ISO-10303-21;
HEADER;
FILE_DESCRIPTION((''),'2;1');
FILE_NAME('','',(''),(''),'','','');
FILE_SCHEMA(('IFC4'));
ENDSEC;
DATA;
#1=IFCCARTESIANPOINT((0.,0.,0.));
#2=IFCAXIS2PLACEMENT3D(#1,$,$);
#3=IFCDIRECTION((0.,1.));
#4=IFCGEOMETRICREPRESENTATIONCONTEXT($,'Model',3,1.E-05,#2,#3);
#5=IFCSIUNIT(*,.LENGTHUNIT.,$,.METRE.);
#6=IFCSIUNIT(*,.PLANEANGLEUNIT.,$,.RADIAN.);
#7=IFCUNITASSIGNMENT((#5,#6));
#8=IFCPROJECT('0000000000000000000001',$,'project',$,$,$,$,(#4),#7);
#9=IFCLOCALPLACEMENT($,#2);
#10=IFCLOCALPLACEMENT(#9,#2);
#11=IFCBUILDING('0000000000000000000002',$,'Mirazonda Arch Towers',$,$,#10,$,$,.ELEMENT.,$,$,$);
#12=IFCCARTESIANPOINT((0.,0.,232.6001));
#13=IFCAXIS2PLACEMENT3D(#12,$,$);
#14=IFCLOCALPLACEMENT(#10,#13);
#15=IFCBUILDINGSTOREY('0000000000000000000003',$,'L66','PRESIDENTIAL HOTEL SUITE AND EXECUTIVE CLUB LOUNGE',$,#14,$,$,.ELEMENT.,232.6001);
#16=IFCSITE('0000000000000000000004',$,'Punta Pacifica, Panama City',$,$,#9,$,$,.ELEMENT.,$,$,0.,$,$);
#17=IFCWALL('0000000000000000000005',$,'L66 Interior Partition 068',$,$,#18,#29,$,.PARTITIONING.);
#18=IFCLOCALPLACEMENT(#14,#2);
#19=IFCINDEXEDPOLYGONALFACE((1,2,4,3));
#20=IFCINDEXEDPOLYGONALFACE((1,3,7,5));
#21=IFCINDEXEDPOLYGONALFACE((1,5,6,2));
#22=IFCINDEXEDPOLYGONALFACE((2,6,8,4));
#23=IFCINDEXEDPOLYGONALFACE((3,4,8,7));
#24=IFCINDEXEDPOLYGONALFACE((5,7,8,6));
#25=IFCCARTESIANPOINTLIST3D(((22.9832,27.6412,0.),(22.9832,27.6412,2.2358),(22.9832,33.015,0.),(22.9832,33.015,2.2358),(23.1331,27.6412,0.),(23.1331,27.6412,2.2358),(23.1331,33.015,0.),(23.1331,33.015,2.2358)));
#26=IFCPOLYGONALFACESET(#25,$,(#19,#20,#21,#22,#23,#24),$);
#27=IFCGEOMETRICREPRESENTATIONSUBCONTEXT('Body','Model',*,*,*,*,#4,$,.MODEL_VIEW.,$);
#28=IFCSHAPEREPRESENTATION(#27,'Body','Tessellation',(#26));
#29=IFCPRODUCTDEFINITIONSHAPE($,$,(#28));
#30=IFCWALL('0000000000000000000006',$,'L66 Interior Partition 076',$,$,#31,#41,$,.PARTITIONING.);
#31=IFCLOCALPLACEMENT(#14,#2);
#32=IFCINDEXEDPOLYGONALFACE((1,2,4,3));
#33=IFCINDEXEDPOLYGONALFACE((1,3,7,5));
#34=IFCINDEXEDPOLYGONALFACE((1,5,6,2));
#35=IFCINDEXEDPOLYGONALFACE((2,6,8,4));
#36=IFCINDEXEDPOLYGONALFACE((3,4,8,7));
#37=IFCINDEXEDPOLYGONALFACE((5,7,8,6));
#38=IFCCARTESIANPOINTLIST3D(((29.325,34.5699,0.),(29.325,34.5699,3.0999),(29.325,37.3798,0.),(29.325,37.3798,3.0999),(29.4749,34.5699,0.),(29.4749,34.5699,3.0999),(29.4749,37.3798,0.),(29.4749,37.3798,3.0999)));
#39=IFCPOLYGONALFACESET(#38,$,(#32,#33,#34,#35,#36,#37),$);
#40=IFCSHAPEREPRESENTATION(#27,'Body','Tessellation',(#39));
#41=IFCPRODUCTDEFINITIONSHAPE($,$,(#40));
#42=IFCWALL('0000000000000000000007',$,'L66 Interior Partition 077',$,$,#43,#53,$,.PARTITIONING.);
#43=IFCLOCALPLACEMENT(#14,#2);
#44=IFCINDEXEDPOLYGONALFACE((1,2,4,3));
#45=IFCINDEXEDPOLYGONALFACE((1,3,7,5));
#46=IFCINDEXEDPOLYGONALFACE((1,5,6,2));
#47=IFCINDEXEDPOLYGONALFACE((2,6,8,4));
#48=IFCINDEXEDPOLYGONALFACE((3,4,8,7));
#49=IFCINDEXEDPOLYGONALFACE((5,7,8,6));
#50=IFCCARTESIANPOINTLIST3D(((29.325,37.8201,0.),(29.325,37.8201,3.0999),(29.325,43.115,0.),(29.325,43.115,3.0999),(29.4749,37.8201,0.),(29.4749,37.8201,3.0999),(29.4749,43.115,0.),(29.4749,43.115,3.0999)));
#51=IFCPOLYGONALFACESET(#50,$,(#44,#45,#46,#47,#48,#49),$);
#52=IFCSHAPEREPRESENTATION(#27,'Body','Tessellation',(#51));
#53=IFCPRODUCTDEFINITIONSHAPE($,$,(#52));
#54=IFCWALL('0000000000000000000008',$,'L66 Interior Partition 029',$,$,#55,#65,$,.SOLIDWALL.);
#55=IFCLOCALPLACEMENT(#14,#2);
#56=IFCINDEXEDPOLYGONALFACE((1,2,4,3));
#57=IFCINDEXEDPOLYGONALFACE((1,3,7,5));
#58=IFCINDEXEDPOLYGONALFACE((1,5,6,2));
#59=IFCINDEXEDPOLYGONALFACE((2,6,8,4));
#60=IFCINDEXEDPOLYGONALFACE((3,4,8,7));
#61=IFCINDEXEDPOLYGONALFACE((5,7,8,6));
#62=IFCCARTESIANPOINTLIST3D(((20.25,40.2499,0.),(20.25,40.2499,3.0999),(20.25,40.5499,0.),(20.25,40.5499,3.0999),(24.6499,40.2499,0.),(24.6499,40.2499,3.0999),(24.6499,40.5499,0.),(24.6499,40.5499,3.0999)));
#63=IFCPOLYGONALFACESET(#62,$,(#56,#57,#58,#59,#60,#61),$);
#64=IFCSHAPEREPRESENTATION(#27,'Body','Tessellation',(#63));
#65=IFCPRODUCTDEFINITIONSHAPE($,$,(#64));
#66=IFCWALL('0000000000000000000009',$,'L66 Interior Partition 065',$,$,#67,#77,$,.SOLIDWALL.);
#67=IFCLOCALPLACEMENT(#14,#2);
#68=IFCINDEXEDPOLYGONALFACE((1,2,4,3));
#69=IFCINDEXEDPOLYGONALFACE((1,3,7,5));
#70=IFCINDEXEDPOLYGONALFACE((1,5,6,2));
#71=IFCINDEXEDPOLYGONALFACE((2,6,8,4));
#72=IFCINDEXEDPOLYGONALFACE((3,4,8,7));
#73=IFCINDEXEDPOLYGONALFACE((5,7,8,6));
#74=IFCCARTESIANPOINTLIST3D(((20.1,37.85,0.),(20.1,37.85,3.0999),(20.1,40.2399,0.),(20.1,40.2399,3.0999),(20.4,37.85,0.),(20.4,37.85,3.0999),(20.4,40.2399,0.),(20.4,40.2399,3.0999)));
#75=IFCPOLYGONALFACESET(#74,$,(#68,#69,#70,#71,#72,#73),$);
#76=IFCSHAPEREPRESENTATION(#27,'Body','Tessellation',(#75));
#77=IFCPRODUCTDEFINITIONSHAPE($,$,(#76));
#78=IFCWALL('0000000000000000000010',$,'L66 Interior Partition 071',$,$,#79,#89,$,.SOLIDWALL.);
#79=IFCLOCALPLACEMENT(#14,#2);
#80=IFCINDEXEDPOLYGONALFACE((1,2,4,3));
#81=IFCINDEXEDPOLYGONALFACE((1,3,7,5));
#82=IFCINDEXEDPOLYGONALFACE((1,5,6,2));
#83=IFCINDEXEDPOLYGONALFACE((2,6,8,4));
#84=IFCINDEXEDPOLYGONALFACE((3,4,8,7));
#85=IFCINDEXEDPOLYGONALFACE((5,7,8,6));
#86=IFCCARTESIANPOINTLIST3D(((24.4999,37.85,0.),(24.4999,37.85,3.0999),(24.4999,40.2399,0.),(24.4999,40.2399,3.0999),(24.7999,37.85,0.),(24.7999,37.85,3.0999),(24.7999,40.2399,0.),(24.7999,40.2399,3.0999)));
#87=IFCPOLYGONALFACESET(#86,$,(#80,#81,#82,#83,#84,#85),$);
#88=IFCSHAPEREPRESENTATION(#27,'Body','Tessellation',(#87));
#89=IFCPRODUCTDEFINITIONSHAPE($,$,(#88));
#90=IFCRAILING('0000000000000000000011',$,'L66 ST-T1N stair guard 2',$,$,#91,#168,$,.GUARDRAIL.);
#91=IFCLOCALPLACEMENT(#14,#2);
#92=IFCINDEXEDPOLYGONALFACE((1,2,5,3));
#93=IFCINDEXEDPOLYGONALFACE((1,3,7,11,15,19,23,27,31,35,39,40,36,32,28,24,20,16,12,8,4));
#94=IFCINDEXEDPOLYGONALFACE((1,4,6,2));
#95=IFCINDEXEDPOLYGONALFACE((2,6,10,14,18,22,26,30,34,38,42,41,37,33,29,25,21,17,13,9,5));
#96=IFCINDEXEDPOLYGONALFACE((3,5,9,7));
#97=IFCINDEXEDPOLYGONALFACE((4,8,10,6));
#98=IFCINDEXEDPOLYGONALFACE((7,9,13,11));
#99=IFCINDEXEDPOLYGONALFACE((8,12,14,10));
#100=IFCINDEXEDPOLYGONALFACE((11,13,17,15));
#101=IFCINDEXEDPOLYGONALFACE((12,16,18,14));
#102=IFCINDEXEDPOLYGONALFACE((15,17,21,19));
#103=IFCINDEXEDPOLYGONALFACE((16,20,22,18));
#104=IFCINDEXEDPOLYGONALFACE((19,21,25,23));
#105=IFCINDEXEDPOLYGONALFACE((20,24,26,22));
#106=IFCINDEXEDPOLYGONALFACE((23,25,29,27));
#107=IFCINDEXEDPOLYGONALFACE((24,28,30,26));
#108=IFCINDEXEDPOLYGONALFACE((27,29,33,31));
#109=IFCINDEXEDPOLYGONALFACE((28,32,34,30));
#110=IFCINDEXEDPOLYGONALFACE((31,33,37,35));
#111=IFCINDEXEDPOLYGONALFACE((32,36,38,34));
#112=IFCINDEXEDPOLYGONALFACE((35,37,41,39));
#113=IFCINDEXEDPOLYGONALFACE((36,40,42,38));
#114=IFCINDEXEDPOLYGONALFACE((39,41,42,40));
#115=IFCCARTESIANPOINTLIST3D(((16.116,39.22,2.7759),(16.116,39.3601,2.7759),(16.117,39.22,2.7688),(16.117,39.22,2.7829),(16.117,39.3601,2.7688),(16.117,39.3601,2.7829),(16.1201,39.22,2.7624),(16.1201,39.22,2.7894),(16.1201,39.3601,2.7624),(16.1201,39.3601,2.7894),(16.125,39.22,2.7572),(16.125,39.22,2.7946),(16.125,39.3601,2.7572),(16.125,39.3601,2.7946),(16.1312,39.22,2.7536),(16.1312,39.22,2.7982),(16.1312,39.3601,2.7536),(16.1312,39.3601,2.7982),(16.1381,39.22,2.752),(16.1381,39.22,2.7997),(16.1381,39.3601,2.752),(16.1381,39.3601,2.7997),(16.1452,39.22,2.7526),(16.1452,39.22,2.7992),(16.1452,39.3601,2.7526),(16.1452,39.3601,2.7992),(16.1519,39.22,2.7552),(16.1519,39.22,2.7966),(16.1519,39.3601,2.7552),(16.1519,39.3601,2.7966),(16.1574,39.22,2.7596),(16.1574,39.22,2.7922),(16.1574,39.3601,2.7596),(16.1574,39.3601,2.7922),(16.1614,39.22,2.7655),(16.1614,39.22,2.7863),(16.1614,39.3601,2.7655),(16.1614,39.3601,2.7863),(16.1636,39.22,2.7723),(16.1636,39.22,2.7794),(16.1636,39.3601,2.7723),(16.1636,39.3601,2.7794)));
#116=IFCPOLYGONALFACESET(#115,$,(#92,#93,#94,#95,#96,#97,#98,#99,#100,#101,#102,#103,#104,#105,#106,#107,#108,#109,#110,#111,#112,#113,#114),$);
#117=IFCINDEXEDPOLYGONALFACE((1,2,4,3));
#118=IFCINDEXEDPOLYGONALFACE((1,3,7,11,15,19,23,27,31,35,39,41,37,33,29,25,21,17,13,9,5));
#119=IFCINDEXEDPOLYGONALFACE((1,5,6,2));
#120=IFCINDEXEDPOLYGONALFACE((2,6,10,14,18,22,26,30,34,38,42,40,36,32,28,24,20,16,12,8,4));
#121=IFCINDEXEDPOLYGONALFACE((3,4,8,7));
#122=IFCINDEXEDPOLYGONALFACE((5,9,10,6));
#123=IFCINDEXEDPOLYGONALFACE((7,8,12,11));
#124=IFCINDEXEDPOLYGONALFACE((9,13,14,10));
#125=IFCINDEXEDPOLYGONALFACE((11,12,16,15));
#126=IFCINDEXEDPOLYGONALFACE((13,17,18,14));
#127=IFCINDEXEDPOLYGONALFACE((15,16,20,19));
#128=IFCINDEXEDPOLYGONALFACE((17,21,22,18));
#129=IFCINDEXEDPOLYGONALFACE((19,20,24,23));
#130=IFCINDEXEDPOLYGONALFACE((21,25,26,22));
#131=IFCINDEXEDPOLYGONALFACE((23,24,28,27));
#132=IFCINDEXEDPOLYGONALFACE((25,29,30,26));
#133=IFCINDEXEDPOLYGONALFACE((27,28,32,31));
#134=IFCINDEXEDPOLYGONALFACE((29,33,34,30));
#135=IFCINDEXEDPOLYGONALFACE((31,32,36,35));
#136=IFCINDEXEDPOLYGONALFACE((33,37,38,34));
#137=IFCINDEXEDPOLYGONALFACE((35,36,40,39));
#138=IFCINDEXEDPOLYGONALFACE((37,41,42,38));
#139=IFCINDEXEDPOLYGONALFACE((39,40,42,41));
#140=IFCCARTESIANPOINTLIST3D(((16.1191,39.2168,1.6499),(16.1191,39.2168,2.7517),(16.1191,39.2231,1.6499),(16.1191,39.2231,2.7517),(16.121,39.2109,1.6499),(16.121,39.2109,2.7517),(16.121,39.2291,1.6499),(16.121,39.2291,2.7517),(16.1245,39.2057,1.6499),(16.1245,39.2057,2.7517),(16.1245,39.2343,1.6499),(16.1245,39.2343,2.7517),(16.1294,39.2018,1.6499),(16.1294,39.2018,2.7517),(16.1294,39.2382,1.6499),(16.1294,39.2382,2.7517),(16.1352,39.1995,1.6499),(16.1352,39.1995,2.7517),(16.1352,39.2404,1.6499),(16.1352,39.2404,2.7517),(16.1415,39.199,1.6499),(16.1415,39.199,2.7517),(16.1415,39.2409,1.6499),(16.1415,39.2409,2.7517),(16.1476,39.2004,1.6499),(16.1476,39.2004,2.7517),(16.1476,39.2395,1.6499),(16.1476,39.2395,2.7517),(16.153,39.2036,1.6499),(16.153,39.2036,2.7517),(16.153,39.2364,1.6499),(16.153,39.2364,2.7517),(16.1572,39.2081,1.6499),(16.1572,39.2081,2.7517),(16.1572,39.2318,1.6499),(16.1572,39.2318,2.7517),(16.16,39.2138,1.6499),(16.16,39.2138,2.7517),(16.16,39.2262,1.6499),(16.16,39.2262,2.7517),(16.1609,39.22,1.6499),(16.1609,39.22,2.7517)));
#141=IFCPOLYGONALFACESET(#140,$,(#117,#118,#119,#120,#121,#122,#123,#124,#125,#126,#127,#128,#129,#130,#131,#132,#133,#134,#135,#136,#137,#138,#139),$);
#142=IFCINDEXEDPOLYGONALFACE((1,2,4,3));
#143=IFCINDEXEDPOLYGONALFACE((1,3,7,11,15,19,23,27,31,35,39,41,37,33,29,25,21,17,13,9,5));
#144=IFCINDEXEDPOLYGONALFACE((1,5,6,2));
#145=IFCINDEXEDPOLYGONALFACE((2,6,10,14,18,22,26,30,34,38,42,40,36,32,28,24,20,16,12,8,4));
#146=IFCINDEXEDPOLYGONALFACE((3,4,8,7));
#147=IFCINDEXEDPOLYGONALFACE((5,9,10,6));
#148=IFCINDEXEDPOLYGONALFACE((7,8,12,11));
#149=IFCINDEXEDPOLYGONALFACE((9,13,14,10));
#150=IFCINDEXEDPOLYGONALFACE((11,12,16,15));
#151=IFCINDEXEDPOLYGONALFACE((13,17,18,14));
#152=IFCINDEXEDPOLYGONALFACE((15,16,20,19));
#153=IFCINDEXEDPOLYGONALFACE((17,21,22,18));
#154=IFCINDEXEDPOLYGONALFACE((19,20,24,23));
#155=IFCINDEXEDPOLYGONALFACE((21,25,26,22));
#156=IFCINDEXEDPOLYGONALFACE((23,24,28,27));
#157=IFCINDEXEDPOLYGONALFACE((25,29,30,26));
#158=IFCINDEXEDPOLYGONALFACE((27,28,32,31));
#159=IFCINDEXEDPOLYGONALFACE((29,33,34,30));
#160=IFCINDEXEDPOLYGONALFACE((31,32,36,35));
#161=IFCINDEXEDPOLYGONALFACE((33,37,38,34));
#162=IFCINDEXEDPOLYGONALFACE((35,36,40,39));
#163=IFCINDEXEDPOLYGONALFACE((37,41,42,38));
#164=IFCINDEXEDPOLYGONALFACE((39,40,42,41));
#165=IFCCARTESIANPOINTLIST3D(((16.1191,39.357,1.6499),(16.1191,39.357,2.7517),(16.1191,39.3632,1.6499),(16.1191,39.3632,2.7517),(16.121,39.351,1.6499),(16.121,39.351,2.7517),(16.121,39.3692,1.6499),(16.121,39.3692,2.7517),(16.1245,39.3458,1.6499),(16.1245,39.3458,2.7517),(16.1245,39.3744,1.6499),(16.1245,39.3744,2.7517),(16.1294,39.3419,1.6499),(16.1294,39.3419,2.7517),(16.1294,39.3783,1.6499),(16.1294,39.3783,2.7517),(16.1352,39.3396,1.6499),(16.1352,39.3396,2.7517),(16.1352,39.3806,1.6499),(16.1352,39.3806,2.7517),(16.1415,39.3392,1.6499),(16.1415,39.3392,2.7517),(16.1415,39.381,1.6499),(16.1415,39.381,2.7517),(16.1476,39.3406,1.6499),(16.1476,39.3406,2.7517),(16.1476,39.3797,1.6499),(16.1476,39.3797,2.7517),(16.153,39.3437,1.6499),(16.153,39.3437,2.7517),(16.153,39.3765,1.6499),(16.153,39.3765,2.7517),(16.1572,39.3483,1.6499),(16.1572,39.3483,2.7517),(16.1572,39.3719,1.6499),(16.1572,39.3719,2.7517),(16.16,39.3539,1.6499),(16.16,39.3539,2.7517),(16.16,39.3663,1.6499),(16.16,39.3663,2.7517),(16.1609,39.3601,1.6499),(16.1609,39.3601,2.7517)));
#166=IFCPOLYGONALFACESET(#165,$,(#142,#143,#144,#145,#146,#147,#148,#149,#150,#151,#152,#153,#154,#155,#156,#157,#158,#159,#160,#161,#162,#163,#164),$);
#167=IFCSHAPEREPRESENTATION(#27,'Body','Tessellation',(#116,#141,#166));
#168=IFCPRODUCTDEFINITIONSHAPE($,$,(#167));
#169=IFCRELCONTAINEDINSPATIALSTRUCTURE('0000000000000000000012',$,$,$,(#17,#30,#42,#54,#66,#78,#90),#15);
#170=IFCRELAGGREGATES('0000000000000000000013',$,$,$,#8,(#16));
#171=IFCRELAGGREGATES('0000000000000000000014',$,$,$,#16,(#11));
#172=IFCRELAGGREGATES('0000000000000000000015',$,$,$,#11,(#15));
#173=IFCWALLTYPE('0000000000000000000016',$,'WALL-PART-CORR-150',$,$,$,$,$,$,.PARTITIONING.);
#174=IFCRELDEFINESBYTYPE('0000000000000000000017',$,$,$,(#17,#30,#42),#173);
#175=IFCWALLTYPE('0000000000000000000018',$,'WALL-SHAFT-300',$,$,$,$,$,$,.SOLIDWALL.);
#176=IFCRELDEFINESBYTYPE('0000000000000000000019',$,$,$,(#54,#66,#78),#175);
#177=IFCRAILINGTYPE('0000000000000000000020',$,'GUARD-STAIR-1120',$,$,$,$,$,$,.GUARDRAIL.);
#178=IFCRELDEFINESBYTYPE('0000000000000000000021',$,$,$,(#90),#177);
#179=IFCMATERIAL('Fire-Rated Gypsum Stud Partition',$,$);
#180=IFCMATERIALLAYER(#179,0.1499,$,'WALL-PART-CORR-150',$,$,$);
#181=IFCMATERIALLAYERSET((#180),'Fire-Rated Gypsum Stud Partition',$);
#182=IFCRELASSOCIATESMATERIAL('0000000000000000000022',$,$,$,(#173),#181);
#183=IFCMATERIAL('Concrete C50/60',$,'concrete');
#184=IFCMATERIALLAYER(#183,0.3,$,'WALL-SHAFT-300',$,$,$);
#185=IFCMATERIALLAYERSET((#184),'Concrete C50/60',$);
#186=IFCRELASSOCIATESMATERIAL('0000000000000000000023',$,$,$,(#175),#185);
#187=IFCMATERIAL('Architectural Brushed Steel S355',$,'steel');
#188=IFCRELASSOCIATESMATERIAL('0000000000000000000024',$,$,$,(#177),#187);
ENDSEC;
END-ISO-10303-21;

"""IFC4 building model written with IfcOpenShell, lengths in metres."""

from ifc_helpers import new_model, si_unit, direction, frame, frame_2d, origin, origin_2d, place, context, subcontext, project, spatial, rectangle, circle, extrude, material, layer, layer_set, type_object, element, save


model = new_model("IFC4")

# Units and contexts
model_context = context("Model", 3, precision=1e-05, world=origin(), true_north=direction((0.0, 1.0)))
body_context = subcontext(model_context, "Body", "Model", "MODEL_VIEW")
ifc_project = project(units=[si_unit("LENGTHUNIT", "METRE"), si_unit("PLANEANGLEUNIT", "RADIAN")], contexts=[model_context])

# Site, building, storey
site_placement = place(None, origin())
site = spatial("IfcSite", under=ifc_project, at=site_placement, Name="Punta Pacifica, Panama City", CompositionType="ELEMENT", RefElevation=0.0)
building_placement = place(site_placement, origin())
building = spatial("IfcBuilding", under=site, at=building_placement, Name="Mirazonda Arch Towers", CompositionType="ELEMENT")
storey_placement = place(building_placement, frame((0.0, 0.0, 232.6001)))
storey = spatial("IfcBuildingStorey", under=building, at=storey_placement, Name="L66", Description="PRESIDENTIAL HOTEL SUITE AND EXECUTIVE CLUB LOUNGE", CompositionType="ELEMENT", Elevation=232.6001)

# Shared definitions
ifc_material_1 = material(Name="Concrete C50/60", Category="concrete")

# Walls
ifc_material_2 = material(Name="Fire-Rated Gypsum Stud Partition")
ifc_layer_1 = layer(ifc_material_2, 0.1499, Name="WALL-PART-CORR-150")
ifc_layer_set_1 = layer_set([ifc_layer_1], Name="Fire-Rated Gypsum Stud Partition")
wall_type_1 = type_object("IfcWallType", Name="WALL-PART-CORR-150", PredefinedType="PARTITIONING", material=ifc_layer_set_1)
wall_1_placement = place(storey_placement, frame((23.0581, 27.6411, 0.0), z_axis=(0.0, 0.0, 1.0), x_axis=(0.0, 1.0, 0.0)))
element("IfcWall", 1, at=wall_1_placement, inside=storey, type_object=wall_type_1, Name="L66 Interior Partition 068", PredefinedType="PARTITIONING", context=body_context, shape_type="SweptSolid", body=[
    extrude(rectangle(XDim=5.3738, YDim=0.1499, at=frame_2d((2.687, 0.0))), origin(), (0.0, 0.0, 1.0), 2.2358),
])
wall_2_placement = place(storey_placement, frame((29.3999, 34.5701, 0.0), z_axis=(0.0, 0.0, 1.0), x_axis=(0.0, 1.0, 0.0)))
element("IfcWall", 2, at=wall_2_placement, inside=storey, type_object=wall_type_1, Name="L66 Interior Partition 076", PredefinedType="PARTITIONING", context=body_context, shape_type="SweptSolid", body=[
    extrude(rectangle(XDim=2.8098, YDim=0.1499, at=frame_2d((1.4048, 0.0))), origin(), (0.0, 0.0, 1.0), 3.0999),
])
wall_3_placement = place(storey_placement, frame((29.3999, 37.8201, 0.0), z_axis=(0.0, 0.0, 1.0), x_axis=(0.0, 1.0, 0.0)))
element("IfcWall", 3, at=wall_3_placement, inside=storey, type_object=wall_type_1, Name="L66 Interior Partition 077", PredefinedType="PARTITIONING", context=body_context, shape_type="SweptSolid", body=[
    extrude(rectangle(XDim=5.2949, YDim=0.1499, at=frame_2d((2.6475, 0.0))), origin(), (0.0, 0.0, 1.0), 3.0999),
])
ifc_layer_2 = layer(ifc_material_1, 0.3, Name="WALL-SHAFT-300")
ifc_layer_set_2 = layer_set([ifc_layer_2], Name="Concrete C50/60")
wall_type_2 = type_object("IfcWallType", Name="WALL-SHAFT-300", PredefinedType="SOLIDWALL", material=ifc_layer_set_2)
wall_4_placement = place(storey_placement, frame((20.25, 40.3999, 0.0), z_axis=(0.0, 0.0, 1.0), x_axis=(1.0, 0.0, 0.0)))
element("IfcWall", 4, at=wall_4_placement, inside=storey, type_object=wall_type_2, Name="L66 Interior Partition 029", PredefinedType="SOLIDWALL", context=body_context, shape_type="SweptSolid", body=[
    extrude(rectangle(XDim=4.3999, YDim=0.3, at=frame_2d((2.2, 0.0))), origin(), (0.0, 0.0, 1.0), 3.0999),
])
for number, where, z_axis, x_axis, name in (
    (5, (20.25, 37.8501, 0.0), (0.0, 0.0, 1.0), (0.0, 1.0, 0.0), "L66 Interior Partition 065"),
    (6, (24.6499, 37.8501, 0.0), (0.0, 0.0, 1.0), (0.0, 1.0, 0.0), "L66 Interior Partition 071"),
):
    element("IfcWall", number, at=place(storey_placement, frame(where, z_axis=z_axis, x_axis=x_axis)), inside=storey, type_object=wall_type_2, Name=name, PredefinedType="SOLIDWALL", context=body_context, shape_type="SweptSolid", body=[
        extrude(rectangle(XDim=2.3899, YDim=0.3, at=frame_2d((1.1948, 0.0))), origin(), (0.0, 0.0, 1.0), 3.0999),
    ])

# Railing
ifc_material_3 = material(Name="Architectural Brushed Steel S355", Category="steel")
railing_type_1 = type_object("IfcRailingType", Name="GUARD-STAIR-1120", PredefinedType="GUARDRAIL", material=ifc_material_3)
railing_1_placement = place(storey_placement, frame((16.1399, 39.22, 1.6499)))
element("IfcRailing", 7, at=railing_1_placement, inside=storey, type_object=railing_type_1, Name="L66 ST-T1N stair guard 2", PredefinedType="GUARDRAIL", context=body_context, shape_type="SweptSolid", body=[
    extrude(circle(Radius=0.0239, at=origin_2d()), frame((0.0, 0.0, 1.126), z_axis=(0.0, 1.0, 0.0), x_axis=(-1.0, 0.0, 0.0)), (0.0, 0.0, 1.0), 0.1401),
    extrude(circle(Radius=0.021, at=origin_2d()), origin(), (0.0, 0.0, 1.0), 1.1018),
    extrude(circle(Radius=0.021, at=origin_2d()), frame((0.0, 0.1401, 0.0)), (0.0, 0.0, 1.0), 1.1018),
])

save(model, "model.ifc")
